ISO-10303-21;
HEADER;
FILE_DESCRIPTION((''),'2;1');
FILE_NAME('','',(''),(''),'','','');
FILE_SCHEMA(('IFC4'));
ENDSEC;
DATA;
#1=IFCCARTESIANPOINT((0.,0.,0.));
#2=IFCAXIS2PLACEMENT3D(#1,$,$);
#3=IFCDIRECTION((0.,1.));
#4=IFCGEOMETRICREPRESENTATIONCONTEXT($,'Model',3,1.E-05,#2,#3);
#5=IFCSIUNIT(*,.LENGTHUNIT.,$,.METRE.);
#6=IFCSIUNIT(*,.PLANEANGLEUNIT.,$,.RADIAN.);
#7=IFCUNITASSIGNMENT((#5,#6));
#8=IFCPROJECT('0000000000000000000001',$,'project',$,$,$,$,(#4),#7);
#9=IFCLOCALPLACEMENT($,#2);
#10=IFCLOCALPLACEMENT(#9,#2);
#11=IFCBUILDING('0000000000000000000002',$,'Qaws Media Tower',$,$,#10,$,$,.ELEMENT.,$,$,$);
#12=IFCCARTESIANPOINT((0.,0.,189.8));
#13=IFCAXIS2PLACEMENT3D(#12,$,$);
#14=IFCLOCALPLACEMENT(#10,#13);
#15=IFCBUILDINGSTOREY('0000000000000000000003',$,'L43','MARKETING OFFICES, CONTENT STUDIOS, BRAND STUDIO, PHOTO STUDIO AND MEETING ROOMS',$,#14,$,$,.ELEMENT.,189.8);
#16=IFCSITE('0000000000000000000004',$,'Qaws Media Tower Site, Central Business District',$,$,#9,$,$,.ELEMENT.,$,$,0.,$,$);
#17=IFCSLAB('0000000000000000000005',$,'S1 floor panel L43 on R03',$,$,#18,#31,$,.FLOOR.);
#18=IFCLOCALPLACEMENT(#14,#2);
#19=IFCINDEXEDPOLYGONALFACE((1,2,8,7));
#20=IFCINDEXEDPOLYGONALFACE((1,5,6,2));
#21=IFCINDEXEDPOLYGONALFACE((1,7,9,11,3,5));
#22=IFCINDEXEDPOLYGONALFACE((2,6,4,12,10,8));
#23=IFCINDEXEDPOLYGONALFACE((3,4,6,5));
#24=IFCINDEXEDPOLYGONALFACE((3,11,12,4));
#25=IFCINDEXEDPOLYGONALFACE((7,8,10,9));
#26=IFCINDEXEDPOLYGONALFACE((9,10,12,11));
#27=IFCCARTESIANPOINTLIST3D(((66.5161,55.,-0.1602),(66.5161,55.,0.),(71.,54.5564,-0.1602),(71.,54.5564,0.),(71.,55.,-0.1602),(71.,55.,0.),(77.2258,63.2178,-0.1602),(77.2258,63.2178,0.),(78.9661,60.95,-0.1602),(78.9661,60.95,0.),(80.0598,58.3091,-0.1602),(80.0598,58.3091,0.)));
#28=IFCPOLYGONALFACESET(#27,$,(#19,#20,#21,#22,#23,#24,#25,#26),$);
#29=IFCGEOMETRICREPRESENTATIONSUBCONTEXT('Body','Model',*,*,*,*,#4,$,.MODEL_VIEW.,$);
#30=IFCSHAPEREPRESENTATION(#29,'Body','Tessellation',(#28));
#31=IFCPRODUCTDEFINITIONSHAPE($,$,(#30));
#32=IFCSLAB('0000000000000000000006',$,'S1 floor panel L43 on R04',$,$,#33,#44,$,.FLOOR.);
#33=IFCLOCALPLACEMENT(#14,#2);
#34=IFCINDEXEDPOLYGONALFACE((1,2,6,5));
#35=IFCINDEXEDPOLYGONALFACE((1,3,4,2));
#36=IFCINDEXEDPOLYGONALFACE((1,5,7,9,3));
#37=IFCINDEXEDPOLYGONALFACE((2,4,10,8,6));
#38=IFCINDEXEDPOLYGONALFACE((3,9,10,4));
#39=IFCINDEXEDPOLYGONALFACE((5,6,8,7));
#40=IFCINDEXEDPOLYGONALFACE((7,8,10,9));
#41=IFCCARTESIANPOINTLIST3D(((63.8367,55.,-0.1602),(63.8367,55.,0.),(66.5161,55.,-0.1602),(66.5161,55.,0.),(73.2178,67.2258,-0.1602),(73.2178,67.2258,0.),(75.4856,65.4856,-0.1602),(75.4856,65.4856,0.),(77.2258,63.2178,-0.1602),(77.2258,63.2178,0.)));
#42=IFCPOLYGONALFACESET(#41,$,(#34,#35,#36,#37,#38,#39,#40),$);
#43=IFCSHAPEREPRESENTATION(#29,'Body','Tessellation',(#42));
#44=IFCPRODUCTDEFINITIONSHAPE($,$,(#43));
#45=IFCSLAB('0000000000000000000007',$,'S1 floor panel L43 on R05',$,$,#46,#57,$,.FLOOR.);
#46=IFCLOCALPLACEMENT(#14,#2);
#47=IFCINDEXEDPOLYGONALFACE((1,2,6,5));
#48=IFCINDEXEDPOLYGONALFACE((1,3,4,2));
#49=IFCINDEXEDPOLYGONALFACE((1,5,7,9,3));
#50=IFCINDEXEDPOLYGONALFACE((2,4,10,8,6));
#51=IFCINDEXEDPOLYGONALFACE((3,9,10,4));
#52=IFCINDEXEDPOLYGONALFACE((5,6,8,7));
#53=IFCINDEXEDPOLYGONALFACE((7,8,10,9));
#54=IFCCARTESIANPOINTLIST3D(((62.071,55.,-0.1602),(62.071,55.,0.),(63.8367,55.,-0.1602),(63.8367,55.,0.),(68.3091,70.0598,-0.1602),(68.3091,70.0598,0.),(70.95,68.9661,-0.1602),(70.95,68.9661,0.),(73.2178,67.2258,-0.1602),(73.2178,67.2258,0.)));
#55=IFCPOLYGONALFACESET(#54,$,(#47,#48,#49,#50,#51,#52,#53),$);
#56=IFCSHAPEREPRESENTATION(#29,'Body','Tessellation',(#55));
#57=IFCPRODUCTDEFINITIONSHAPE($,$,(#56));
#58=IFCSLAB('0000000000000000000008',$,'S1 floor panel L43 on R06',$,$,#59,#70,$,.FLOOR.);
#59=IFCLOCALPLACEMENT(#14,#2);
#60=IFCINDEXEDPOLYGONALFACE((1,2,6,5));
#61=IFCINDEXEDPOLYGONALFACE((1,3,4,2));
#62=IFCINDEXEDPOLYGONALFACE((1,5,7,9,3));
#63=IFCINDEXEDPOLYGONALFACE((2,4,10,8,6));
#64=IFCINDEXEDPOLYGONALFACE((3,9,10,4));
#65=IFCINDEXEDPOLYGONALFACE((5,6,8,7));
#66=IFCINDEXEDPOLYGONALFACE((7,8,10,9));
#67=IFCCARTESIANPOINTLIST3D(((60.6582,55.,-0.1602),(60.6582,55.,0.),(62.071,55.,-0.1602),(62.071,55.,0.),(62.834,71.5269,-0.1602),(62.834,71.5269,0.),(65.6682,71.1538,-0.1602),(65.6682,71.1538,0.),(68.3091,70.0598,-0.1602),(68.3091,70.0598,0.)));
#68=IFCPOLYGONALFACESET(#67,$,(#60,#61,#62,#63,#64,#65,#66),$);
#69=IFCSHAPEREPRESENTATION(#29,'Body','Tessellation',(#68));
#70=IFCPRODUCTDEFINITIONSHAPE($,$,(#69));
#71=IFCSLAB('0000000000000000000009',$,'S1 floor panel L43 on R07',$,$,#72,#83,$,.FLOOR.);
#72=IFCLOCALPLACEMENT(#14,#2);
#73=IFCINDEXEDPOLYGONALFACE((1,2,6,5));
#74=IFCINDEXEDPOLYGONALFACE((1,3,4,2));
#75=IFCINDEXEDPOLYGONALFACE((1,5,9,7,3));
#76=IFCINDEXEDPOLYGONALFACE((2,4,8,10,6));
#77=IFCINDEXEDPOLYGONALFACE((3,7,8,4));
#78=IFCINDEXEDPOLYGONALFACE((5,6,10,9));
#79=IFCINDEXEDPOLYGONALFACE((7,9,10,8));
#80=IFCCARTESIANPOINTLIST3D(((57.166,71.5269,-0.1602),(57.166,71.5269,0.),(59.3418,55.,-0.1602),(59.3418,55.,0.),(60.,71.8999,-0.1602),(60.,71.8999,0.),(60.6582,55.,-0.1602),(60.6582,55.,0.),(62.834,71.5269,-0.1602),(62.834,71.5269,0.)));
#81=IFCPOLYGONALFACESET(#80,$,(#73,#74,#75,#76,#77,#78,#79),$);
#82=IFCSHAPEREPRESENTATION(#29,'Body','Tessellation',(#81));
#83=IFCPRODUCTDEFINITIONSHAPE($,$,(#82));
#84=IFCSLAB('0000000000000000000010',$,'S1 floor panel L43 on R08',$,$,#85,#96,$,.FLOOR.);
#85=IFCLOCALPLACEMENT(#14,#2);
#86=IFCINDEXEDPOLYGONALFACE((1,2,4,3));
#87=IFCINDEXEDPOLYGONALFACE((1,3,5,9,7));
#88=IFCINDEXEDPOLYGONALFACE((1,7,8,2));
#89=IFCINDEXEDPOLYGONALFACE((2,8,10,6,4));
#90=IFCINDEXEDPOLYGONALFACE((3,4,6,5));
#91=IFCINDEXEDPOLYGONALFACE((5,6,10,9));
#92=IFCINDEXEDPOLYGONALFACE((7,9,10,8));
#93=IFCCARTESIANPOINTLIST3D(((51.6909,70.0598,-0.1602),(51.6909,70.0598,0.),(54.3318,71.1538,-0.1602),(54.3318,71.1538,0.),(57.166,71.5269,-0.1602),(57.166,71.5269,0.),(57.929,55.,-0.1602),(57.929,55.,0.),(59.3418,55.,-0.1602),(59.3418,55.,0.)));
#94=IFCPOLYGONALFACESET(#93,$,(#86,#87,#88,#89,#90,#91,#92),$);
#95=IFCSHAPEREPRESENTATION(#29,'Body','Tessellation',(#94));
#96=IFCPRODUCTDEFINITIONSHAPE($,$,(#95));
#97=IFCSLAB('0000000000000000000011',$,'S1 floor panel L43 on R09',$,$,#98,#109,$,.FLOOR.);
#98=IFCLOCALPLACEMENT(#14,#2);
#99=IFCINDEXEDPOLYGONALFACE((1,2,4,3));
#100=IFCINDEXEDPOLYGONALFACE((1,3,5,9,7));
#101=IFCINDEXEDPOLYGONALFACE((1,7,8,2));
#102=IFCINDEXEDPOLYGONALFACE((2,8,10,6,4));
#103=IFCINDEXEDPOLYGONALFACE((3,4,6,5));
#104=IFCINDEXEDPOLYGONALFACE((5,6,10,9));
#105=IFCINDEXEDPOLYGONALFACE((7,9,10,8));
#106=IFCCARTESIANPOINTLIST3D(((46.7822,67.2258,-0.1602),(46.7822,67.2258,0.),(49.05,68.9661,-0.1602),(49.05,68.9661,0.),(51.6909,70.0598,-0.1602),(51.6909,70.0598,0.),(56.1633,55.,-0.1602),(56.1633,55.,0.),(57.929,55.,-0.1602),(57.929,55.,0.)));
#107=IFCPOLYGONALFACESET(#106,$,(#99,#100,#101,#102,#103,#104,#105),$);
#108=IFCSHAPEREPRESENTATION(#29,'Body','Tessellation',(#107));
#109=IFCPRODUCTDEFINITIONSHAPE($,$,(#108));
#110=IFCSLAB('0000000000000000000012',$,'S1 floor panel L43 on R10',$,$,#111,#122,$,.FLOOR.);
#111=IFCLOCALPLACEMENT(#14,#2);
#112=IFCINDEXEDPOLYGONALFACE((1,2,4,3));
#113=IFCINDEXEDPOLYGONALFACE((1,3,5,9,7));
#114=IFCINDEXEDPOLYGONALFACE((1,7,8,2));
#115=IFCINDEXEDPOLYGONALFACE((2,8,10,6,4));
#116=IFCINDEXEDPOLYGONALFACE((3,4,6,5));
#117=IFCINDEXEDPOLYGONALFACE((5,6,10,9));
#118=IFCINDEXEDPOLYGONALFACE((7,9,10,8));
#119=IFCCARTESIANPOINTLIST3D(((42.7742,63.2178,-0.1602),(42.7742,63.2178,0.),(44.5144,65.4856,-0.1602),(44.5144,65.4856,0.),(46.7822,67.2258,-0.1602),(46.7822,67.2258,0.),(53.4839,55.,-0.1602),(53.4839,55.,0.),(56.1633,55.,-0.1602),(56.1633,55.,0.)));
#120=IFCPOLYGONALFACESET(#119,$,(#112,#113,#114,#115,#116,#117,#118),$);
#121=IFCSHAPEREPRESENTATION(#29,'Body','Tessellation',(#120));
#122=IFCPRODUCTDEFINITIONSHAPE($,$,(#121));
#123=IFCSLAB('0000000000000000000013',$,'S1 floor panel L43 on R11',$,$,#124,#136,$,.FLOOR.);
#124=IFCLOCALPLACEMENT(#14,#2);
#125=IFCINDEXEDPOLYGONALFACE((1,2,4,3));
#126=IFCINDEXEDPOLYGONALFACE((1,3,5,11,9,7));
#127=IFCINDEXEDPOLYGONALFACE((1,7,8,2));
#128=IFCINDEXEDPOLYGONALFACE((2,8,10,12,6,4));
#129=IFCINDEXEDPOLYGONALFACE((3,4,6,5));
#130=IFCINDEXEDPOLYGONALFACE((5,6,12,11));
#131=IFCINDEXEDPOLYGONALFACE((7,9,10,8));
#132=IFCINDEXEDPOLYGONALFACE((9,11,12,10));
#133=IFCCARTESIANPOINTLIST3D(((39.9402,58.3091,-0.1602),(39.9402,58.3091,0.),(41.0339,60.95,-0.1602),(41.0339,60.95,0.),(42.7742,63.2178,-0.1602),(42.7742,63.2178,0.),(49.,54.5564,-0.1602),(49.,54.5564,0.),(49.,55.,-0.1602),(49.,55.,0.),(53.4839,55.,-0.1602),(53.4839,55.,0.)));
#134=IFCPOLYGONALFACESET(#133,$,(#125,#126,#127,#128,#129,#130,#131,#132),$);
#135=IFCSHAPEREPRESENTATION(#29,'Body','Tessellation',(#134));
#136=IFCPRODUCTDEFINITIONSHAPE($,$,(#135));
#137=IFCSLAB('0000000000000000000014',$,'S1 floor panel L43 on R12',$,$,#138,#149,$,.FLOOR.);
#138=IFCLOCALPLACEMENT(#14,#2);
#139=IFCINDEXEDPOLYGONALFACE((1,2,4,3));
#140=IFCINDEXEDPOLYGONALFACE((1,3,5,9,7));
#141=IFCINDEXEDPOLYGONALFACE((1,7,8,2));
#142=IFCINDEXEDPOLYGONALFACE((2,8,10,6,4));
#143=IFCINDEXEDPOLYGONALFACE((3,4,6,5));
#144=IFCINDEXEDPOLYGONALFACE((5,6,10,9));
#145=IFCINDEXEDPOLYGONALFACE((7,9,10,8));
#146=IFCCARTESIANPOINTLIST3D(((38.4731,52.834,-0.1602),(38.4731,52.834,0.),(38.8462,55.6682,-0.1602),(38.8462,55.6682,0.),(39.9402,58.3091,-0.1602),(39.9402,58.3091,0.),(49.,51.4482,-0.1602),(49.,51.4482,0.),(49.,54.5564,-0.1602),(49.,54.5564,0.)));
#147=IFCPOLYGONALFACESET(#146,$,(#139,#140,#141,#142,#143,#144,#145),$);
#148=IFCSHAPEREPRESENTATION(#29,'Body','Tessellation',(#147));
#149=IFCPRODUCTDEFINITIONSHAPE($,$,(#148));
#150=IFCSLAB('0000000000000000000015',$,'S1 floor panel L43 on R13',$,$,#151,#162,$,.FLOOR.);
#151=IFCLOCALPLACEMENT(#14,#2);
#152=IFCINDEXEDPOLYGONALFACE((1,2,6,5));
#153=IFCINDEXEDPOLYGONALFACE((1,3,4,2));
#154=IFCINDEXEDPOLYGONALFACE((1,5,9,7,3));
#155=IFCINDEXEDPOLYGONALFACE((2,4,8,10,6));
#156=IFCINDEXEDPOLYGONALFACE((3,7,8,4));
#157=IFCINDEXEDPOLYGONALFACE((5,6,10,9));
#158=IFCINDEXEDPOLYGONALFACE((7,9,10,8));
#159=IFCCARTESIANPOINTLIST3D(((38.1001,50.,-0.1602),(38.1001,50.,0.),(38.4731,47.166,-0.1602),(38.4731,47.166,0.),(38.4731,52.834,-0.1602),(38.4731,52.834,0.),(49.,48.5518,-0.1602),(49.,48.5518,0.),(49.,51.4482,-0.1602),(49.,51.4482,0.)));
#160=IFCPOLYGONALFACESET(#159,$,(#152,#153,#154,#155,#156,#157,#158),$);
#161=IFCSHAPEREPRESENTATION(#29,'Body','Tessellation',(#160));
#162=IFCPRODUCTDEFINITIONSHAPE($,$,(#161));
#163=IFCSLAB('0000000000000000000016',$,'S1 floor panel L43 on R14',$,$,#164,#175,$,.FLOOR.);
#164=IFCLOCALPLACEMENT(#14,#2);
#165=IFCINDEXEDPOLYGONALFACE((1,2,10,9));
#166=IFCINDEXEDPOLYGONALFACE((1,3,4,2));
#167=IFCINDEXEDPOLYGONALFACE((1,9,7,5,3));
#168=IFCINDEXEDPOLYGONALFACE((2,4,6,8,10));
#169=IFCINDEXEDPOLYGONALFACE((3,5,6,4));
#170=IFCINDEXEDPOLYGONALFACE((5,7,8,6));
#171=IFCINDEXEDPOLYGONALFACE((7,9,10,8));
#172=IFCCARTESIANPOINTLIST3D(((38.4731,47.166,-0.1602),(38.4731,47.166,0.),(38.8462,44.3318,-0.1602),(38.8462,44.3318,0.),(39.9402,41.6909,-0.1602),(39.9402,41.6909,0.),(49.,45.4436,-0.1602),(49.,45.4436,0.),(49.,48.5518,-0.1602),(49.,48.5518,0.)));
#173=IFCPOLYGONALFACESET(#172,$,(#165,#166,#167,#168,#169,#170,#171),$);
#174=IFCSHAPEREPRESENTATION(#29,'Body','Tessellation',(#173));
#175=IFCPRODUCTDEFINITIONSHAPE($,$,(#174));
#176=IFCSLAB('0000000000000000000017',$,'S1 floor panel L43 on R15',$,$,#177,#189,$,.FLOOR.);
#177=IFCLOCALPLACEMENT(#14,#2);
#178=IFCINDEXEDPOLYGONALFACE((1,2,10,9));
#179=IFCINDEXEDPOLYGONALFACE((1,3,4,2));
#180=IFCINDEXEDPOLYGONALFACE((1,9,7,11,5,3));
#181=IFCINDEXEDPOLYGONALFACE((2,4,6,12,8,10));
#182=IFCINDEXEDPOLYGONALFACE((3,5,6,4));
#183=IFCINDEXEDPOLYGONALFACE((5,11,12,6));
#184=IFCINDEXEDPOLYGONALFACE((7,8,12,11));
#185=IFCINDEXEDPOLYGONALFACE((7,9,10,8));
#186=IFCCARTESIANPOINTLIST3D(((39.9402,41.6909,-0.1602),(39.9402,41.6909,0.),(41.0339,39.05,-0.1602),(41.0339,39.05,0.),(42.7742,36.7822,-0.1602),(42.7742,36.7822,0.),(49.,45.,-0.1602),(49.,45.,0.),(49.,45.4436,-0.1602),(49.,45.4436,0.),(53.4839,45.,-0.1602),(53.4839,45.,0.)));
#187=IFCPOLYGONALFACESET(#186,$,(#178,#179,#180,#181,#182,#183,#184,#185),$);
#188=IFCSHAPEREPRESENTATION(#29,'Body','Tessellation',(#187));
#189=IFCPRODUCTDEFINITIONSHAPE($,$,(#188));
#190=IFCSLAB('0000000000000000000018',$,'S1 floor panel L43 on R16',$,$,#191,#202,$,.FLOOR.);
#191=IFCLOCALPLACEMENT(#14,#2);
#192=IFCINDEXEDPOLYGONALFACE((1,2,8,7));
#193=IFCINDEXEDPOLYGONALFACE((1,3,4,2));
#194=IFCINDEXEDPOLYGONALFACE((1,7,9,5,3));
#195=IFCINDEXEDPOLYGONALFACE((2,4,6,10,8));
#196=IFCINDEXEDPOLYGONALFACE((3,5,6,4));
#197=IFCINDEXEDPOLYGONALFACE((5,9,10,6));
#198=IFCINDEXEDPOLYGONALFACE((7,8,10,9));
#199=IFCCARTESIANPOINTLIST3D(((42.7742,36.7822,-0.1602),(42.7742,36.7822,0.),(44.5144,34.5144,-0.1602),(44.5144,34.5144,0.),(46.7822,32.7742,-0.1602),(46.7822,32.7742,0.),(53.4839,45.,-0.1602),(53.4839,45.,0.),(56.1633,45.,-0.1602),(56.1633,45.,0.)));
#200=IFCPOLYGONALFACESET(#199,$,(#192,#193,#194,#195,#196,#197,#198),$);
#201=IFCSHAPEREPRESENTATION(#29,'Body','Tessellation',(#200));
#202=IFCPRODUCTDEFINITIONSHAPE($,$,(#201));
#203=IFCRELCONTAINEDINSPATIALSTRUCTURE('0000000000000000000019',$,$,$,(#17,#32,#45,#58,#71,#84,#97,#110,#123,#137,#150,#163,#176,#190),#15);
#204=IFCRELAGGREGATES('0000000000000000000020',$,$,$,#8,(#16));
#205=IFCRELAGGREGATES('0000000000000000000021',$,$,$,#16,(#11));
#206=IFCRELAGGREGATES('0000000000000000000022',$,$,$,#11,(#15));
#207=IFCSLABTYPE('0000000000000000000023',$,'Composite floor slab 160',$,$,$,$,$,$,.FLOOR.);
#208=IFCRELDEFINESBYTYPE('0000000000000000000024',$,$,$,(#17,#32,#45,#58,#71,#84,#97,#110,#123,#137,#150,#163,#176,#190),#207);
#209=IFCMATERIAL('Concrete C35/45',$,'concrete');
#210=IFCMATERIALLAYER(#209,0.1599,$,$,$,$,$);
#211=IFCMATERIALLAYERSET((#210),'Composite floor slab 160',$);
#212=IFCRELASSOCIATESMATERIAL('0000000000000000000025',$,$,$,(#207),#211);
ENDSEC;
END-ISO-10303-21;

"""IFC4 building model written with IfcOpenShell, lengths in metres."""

from ifc_helpers import new_model, si_unit, direction, frame, origin, place, context, subcontext, project, spatial, polyline, outline, extrude, material, layer, layer_set, type_object, element, save


model = new_model("IFC4")

# Units and contexts
model_context = context("Model", 3, precision=1e-05, world=origin(), true_north=direction((0.0, 1.0)))
body_context = subcontext(model_context, "Body", "Model", "MODEL_VIEW")
ifc_project = project(units=[si_unit("LENGTHUNIT", "METRE"), si_unit("PLANEANGLEUNIT", "RADIAN")], contexts=[model_context])

# Site, building, storey
site_placement = place(None, origin())
site = spatial("IfcSite", under=ifc_project, at=site_placement, Name="Qaws Media Tower Site, Central Business District", CompositionType="ELEMENT", RefElevation=0.0)
building_placement = place(site_placement, origin())
building = spatial("IfcBuilding", under=site, at=building_placement, Name="Qaws Media Tower", CompositionType="ELEMENT")
storey_placement = place(building_placement, frame((0.0, 0.0, 189.8)))
storey = spatial("IfcBuildingStorey", under=building, at=storey_placement, Name="L43", Description="MARKETING OFFICES, CONTENT STUDIOS, BRAND STUDIO, PHOTO STUDIO AND MEETING ROOMS", CompositionType="ELEMENT", Elevation=189.8)

# Slabs
ifc_material_1 = material(Name="Concrete C35/45", Category="concrete")
ifc_layer_1 = layer(ifc_material_1, 0.1599)
ifc_layer_set_1 = layer_set([ifc_layer_1], Name="Composite floor slab 160")
slab_type_1 = type_object("IfcSlabType", Name="Composite floor slab 160", PredefinedType="FLOOR", material=ifc_layer_set_1)
slab_1_placement = place(storey_placement, frame((0.0, 0.0, -0.1602)))
element("IfcSlab", 1, at=slab_1_placement, inside=storey, type_object=slab_type_1, Name="S1 floor panel L43 on R03", PredefinedType="FLOOR", context=body_context, shape_type="SweptSolid", body=[
    extrude(outline(polyline([(78.9661, 60.95), (80.0598, 58.3091), (71.0, 54.5564), (71.0, 55.0), (66.5161, 55.0), (77.2258, 63.2178), (78.9661, 60.95)])), origin(), (0.0, 0.0, 1.0), 0.1602),
])
slab_2_placement = place(storey_placement, frame((0.0, 0.0, -0.1602)))
element("IfcSlab", 2, at=slab_2_placement, inside=storey, type_object=slab_type_1, Name="S1 floor panel L43 on R04", PredefinedType="FLOOR", context=body_context, shape_type="SweptSolid", body=[
    extrude(outline(polyline([(75.4856, 65.4856), (77.2258, 63.2178), (66.5161, 55.0), (63.8367, 55.0), (73.2178, 67.2258), (75.4856, 65.4856)])), origin(), (0.0, 0.0, 1.0), 0.1602),
])
slab_3_placement = place(storey_placement, frame((0.0, 0.0, -0.1602)))
element("IfcSlab", 3, at=slab_3_placement, inside=storey, type_object=slab_type_1, Name="S1 floor panel L43 on R05", PredefinedType="FLOOR", context=body_context, shape_type="SweptSolid", body=[
    extrude(outline(polyline([(70.95, 68.9661), (73.2178, 67.2258), (63.8367, 55.0), (62.071, 55.0), (68.3091, 70.0598), (70.95, 68.9661)])), origin(), (0.0, 0.0, 1.0), 0.1602),
])
slab_4_placement = place(storey_placement, frame((0.0, 0.0, -0.1602)))
element("IfcSlab", 4, at=slab_4_placement, inside=storey, type_object=slab_type_1, Name="S1 floor panel L43 on R06", PredefinedType="FLOOR", context=body_context, shape_type="SweptSolid", body=[
    extrude(outline(polyline([(65.6682, 71.1538), (68.3091, 70.0598), (62.071, 55.0), (60.6582, 55.0), (62.834, 71.5269), (65.6682, 71.1538)])), origin(), (0.0, 0.0, 1.0), 0.1602),
])
slab_5_placement = place(storey_placement, frame((0.0, 0.0, -0.1602)))
element("IfcSlab", 5, at=slab_5_placement, inside=storey, type_object=slab_type_1, Name="S1 floor panel L43 on R07", PredefinedType="FLOOR", context=body_context, shape_type="SweptSolid", body=[
    extrude(outline(polyline([(60.0, 71.8999), (62.834, 71.5269), (60.6582, 55.0), (59.3418, 55.0), (57.166, 71.5269), (60.0, 71.8999)])), origin(), (0.0, 0.0, 1.0), 0.1602),
])
slab_6_placement = place(storey_placement, frame((0.0, 0.0, -0.1602)))
element("IfcSlab", 6, at=slab_6_placement, inside=storey, type_object=slab_type_1, Name="S1 floor panel L43 on R08", PredefinedType="FLOOR", context=body_context, shape_type="SweptSolid", body=[
    extrude(outline(polyline([(54.3318, 71.1538), (57.166, 71.5269), (59.3418, 55.0), (57.929, 55.0), (51.6909, 70.0598), (54.3318, 71.1538)])), origin(), (0.0, 0.0, 1.0), 0.1602),
])
slab_7_placement = place(storey_placement, frame((0.0, 0.0, -0.1602)))
element("IfcSlab", 7, at=slab_7_placement, inside=storey, type_object=slab_type_1, Name="S1 floor panel L43 on R09", PredefinedType="FLOOR", context=body_context, shape_type="SweptSolid", body=[
    extrude(outline(polyline([(49.05, 68.9661), (51.6909, 70.0598), (57.929, 55.0), (56.1633, 55.0), (46.7822, 67.2258), (49.05, 68.9661)])), origin(), (0.0, 0.0, 1.0), 0.1602),
])
slab_8_placement = place(storey_placement, frame((0.0, 0.0, -0.1602)))
element("IfcSlab", 8, at=slab_8_placement, inside=storey, type_object=slab_type_1, Name="S1 floor panel L43 on R10", PredefinedType="FLOOR", context=body_context, shape_type="SweptSolid", body=[
    extrude(outline(polyline([(44.5144, 65.4856), (46.7822, 67.2258), (56.1633, 55.0), (53.4839, 55.0), (42.7742, 63.2178), (44.5144, 65.4856)])), origin(), (0.0, 0.0, 1.0), 0.1602),
])
slab_9_placement = place(storey_placement, frame((0.0, 0.0, -0.1602)))
element("IfcSlab", 9, at=slab_9_placement, inside=storey, type_object=slab_type_1, Name="S1 floor panel L43 on R11", PredefinedType="FLOOR", context=body_context, shape_type="SweptSolid", body=[
    extrude(outline(polyline([(41.0339, 60.95), (42.7742, 63.2178), (53.4839, 55.0), (49.0, 55.0), (49.0, 54.5564), (39.9402, 58.3091), (41.0339, 60.95)])), origin(), (0.0, 0.0, 1.0), 0.1602),
])
slab_10_placement = place(storey_placement, frame((0.0, 0.0, -0.1602)))
element("IfcSlab", 10, at=slab_10_placement, inside=storey, type_object=slab_type_1, Name="S1 floor panel L43 on R12", PredefinedType="FLOOR", context=body_context, shape_type="SweptSolid", body=[
    extrude(outline(polyline([(38.8462, 55.6682), (39.9402, 58.3091), (49.0, 54.5564), (49.0, 51.4482), (38.4731, 52.834), (38.8462, 55.6682)])), origin(), (0.0, 0.0, 1.0), 0.1602),
])
slab_11_placement = place(storey_placement, frame((0.0, 0.0, -0.1602)))
element("IfcSlab", 11, at=slab_11_placement, inside=storey, type_object=slab_type_1, Name="S1 floor panel L43 on R13", PredefinedType="FLOOR", context=body_context, shape_type="SweptSolid", body=[
    extrude(outline(polyline([(38.1001, 50.0), (38.4731, 52.834), (49.0, 51.4482), (49.0, 48.5518), (38.4731, 47.166), (38.1001, 50.0)])), origin(), (0.0, 0.0, 1.0), 0.1602),
])
slab_12_placement = place(storey_placement, frame((0.0, 0.0, -0.1602)))
element("IfcSlab", 12, at=slab_12_placement, inside=storey, type_object=slab_type_1, Name="S1 floor panel L43 on R14", PredefinedType="FLOOR", context=body_context, shape_type="SweptSolid", body=[
    extrude(outline(polyline([(38.8462, 44.3318), (38.4731, 47.166), (49.0, 48.5518), (49.0, 45.4436), (39.9402, 41.6909), (38.8462, 44.3318)])), origin(), (0.0, 0.0, 1.0), 0.1602),
])
slab_13_placement = place(storey_placement, frame((0.0, 0.0, -0.1602)))
element("IfcSlab", 13, at=slab_13_placement, inside=storey, type_object=slab_type_1, Name="S1 floor panel L43 on R15", PredefinedType="FLOOR", context=body_context, shape_type="SweptSolid", body=[
    extrude(outline(polyline([(41.0339, 39.05), (39.9402, 41.6909), (49.0, 45.4436), (49.0, 45.0), (53.4839, 45.0), (42.7742, 36.7822), (41.0339, 39.05)])), origin(), (0.0, 0.0, 1.0), 0.1602),
])
slab_14_placement = place(storey_placement, frame((0.0, 0.0, -0.1602)))
element("IfcSlab", 14, at=slab_14_placement, inside=storey, type_object=slab_type_1, Name="S1 floor panel L43 on R16", PredefinedType="FLOOR", context=body_context, shape_type="SweptSolid", body=[
    extrude(outline(polyline([(44.5144, 34.5144), (42.7742, 36.7822), (53.4839, 45.0), (56.1633, 45.0), (46.7822, 32.7742), (44.5144, 34.5144)])), origin(), (0.0, 0.0, 1.0), 0.1602),
])

save(model, "model.ifc")
